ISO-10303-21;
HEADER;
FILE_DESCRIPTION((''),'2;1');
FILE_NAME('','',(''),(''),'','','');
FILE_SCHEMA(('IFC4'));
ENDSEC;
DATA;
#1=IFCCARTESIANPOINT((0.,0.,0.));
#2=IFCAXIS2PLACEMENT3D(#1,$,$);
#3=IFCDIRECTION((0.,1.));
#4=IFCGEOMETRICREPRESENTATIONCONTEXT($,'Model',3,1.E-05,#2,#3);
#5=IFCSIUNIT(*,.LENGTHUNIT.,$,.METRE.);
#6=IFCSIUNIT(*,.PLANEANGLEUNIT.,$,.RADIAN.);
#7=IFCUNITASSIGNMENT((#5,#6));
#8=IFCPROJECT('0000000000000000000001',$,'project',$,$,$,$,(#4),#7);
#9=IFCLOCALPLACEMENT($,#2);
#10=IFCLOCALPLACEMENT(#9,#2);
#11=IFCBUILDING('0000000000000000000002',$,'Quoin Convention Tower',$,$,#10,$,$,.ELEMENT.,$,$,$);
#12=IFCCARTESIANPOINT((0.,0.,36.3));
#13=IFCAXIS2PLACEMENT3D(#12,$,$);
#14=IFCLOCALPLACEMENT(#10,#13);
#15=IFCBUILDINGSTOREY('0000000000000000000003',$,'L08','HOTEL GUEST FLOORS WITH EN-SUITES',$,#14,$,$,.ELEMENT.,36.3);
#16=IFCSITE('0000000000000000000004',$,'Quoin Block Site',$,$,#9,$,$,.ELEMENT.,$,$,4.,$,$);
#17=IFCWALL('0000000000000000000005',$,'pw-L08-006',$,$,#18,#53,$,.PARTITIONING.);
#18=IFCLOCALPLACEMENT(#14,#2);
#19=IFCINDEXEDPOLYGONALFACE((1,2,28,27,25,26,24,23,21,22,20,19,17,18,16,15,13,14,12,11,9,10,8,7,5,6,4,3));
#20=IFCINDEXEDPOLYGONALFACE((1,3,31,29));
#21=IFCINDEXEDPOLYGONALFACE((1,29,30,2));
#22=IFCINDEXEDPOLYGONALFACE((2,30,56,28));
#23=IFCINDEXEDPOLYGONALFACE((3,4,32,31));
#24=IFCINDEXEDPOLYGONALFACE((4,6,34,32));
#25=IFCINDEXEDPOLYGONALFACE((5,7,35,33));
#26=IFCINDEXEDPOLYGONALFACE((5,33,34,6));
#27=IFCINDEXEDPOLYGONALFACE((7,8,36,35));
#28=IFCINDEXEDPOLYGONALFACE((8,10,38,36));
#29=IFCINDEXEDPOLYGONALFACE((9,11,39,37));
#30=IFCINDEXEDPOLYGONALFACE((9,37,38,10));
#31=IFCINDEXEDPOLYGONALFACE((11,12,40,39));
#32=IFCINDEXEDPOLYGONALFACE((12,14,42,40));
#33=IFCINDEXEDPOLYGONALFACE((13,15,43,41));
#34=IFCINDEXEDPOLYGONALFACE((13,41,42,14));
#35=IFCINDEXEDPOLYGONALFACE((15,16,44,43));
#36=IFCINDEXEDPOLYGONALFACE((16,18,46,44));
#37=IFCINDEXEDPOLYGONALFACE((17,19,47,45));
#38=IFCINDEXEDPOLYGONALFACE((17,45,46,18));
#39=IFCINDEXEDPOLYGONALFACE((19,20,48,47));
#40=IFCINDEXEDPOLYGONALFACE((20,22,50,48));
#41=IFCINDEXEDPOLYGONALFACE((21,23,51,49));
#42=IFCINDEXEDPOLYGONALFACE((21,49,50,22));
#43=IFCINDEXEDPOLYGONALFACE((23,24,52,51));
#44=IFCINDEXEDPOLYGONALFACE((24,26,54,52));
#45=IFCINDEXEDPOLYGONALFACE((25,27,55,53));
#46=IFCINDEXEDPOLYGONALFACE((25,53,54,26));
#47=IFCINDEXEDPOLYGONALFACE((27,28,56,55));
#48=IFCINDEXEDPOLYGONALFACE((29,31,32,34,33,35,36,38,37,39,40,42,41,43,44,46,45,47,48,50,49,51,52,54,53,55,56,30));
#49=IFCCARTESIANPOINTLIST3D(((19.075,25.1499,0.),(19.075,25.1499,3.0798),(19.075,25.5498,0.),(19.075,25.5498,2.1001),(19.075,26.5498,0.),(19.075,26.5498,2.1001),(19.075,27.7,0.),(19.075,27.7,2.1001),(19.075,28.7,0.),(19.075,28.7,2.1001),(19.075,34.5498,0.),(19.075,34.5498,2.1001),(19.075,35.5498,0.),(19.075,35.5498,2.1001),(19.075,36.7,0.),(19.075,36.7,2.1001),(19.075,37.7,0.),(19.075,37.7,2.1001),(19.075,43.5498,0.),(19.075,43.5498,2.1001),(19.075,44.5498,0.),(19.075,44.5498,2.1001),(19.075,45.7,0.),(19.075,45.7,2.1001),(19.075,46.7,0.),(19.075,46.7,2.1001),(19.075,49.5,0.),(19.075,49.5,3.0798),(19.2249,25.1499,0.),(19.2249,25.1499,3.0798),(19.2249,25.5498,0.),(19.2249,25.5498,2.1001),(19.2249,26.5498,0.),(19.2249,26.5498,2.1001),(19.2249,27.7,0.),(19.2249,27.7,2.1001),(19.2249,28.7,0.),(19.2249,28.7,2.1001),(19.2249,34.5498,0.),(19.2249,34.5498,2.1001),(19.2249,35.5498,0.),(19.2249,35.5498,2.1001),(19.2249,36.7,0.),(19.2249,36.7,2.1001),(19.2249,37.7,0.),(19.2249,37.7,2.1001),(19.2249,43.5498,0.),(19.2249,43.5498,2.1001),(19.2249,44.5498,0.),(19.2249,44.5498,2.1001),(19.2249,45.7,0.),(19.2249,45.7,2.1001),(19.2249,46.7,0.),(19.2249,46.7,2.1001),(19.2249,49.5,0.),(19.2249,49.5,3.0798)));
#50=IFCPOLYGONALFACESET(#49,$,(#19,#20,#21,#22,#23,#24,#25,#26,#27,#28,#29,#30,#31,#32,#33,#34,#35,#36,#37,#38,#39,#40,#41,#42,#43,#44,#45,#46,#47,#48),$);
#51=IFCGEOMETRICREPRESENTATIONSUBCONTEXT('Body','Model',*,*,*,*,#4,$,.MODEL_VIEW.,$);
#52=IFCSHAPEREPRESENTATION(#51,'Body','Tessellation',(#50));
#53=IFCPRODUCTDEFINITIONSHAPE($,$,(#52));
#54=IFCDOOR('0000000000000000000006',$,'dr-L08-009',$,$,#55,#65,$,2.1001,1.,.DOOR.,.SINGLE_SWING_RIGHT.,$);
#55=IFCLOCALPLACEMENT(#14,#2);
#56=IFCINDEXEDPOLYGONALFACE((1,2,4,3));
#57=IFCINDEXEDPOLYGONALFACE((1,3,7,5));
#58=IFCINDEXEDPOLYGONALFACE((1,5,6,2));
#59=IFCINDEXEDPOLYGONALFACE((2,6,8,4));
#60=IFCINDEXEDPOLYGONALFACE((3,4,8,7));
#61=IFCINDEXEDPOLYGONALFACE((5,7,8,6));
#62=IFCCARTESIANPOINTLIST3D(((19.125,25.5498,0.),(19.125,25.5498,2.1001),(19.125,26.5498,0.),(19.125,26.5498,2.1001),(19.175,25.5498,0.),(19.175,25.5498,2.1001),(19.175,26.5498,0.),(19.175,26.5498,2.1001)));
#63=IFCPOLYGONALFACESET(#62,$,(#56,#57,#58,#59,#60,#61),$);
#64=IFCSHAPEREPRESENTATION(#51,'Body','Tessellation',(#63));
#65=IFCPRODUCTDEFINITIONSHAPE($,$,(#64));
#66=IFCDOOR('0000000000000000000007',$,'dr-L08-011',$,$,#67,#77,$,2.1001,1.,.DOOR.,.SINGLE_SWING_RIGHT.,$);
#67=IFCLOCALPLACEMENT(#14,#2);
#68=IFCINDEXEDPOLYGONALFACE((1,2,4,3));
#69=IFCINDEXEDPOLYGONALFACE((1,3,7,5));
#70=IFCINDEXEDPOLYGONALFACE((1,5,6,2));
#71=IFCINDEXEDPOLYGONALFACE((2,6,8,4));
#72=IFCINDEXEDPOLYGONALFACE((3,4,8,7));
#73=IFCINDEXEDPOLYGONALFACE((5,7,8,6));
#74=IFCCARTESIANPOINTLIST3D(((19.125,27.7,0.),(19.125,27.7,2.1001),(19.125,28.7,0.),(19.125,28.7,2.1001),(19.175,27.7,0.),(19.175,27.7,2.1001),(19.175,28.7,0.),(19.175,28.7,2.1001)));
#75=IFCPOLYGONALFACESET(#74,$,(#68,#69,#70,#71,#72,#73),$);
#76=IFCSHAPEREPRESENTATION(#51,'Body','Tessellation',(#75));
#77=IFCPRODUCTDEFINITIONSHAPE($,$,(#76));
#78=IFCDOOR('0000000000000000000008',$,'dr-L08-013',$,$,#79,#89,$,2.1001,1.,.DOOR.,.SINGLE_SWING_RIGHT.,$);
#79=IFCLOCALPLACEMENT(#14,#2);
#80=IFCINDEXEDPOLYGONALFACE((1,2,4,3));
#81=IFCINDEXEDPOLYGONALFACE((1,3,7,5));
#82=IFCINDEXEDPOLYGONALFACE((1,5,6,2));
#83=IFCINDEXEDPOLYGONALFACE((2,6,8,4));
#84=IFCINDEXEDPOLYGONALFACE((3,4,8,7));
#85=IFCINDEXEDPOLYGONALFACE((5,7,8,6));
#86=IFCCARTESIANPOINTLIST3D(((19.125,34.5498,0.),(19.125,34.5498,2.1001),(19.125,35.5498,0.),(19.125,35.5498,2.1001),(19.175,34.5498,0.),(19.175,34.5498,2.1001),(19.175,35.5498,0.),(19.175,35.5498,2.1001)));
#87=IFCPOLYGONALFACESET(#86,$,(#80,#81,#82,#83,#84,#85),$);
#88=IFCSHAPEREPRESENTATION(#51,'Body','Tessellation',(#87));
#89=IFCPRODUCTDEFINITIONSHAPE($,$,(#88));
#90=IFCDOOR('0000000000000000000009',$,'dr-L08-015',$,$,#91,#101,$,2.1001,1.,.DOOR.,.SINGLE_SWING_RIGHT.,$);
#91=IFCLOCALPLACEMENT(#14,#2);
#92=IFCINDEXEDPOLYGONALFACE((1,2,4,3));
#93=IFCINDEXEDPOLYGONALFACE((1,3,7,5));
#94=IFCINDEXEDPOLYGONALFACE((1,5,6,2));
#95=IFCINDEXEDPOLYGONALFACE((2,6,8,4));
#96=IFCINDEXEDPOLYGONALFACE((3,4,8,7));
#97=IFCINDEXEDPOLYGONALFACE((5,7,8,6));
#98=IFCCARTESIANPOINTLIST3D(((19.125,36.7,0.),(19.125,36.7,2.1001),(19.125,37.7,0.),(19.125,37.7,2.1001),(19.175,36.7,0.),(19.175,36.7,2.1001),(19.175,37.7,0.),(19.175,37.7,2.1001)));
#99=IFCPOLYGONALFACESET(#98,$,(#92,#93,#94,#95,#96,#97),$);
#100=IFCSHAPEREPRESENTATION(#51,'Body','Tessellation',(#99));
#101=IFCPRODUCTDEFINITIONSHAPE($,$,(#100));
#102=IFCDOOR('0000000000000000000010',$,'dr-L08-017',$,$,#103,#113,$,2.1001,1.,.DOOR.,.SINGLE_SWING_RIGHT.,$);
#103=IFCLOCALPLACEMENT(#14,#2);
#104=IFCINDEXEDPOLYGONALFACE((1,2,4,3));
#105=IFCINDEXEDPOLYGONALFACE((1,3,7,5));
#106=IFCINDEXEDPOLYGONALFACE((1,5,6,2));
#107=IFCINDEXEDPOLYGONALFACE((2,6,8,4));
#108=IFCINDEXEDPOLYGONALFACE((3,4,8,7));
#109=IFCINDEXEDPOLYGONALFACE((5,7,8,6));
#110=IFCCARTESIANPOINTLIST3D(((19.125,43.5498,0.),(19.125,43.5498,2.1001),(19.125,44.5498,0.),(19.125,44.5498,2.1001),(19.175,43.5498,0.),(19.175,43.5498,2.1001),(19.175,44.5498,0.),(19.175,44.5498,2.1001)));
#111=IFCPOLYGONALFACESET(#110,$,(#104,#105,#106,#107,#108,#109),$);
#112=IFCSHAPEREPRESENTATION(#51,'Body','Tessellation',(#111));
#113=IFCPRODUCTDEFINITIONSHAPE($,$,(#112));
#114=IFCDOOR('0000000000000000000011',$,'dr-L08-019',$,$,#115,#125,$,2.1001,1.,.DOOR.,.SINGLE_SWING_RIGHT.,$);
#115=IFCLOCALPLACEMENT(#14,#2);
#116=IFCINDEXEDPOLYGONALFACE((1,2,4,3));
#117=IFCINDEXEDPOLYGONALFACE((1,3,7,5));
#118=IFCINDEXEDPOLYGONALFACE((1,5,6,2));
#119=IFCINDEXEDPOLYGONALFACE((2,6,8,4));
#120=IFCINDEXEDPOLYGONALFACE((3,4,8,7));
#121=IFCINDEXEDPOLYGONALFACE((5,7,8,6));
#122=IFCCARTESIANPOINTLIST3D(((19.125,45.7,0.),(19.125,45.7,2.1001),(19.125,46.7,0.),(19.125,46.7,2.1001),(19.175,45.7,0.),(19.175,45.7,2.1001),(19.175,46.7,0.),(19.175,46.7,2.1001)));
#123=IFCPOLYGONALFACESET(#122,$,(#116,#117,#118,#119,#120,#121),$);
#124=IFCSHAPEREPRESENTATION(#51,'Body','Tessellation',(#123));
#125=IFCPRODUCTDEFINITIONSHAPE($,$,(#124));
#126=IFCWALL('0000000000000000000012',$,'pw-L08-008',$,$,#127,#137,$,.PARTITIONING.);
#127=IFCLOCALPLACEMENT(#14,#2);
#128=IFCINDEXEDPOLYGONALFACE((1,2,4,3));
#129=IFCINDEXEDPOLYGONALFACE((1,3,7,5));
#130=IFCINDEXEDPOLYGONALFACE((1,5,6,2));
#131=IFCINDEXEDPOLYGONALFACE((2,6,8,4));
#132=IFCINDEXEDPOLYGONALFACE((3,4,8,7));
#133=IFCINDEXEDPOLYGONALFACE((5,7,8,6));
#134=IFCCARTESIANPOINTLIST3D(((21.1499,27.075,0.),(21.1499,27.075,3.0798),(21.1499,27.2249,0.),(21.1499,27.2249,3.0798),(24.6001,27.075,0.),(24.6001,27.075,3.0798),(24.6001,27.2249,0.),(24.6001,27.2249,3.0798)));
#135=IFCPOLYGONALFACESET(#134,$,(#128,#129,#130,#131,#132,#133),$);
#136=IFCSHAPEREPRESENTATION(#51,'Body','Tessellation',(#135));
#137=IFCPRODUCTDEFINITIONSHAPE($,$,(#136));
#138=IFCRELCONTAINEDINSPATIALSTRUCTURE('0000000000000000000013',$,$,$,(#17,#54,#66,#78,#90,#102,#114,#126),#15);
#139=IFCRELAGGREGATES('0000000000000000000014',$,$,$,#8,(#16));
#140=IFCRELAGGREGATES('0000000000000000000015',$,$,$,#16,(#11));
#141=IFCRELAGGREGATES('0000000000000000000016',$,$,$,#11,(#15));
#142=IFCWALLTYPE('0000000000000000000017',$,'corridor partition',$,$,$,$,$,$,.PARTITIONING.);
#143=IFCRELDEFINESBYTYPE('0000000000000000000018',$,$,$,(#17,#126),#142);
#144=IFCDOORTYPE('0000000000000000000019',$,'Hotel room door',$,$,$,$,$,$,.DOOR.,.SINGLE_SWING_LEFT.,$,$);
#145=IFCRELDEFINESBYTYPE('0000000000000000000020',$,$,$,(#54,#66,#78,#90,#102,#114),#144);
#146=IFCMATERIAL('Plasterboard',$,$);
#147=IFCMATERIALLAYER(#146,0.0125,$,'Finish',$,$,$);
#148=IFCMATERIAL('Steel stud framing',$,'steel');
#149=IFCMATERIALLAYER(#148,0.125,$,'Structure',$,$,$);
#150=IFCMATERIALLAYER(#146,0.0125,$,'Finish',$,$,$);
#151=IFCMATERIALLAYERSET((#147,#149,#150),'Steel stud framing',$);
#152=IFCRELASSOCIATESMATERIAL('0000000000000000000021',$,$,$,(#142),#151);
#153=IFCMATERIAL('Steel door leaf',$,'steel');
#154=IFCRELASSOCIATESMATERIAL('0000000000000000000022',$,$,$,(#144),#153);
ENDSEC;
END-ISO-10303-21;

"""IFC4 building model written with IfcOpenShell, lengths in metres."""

from ifc_helpers import new_model, si_unit, direction, frame, frame_2d, origin, place, context, subcontext, project, spatial, rectangle, extrude, material, layer, layer_set, type_object, element, fill, save


model = new_model("IFC4")

# Units and contexts
model_context = context("Model", 3, precision=1e-05, world=origin(), true_north=direction((0.0, 1.0)))
body_context = subcontext(model_context, "Body", "Model", "MODEL_VIEW")
ifc_project = project(units=[si_unit("LENGTHUNIT", "METRE"), si_unit("PLANEANGLEUNIT", "RADIAN")], contexts=[model_context])

# Site, building, storey
site_placement = place(None, origin())
site = spatial("IfcSite", under=ifc_project, at=site_placement, Name="Quoin Block Site", CompositionType="ELEMENT", RefElevation=4.0)
building_placement = place(site_placement, origin())
building = spatial("IfcBuilding", under=site, at=building_placement, Name="Quoin Convention Tower", CompositionType="ELEMENT")
storey_placement = place(building_placement, frame((0.0, 0.0, 36.3)))
storey = spatial("IfcBuildingStorey", under=building, at=storey_placement, Name="L08", Description="HOTEL GUEST FLOORS WITH EN-SUITES", CompositionType="ELEMENT", Elevation=36.3)

# Shared definitions
ifc_material_1 = material(Name="Steel door leaf", Category="steel")

# Wall, openings, doors
ifc_material_2 = material(Name="Plasterboard")
ifc_layer_1 = layer(ifc_material_2, 0.0125, Name="Finish")
ifc_material_3 = material(Name="Steel stud framing", Category="steel")
ifc_layer_2 = layer(ifc_material_3, 0.125, Name="Structure")
ifc_layer_3 = layer(ifc_material_2, 0.0125, Name="Finish")
ifc_layer_set_1 = layer_set([ifc_layer_1, ifc_layer_2, ifc_layer_3], Name="Steel stud framing")
wall_type_1 = type_object("IfcWallType", Name="corridor partition", PredefinedType="PARTITIONING", material=ifc_layer_set_1)
door_type_1 = type_object("IfcDoorType", Name="Hotel room door", OperationType="SINGLE_SWING_LEFT", PredefinedType="DOOR", material=ifc_material_1)
wall_1_placement = place(storey_placement, frame((19.1499, 25.1499, 0.0), z_axis=(0.0, 0.0, 1.0), x_axis=(0.0, 1.0, 0.0)))
wall_1 = element("IfcWall", 1, at=wall_1_placement, inside=storey, type_object=wall_type_1, Name="pw-L08-006", PredefinedType="PARTITIONING", context=body_context, shape_type="SweptSolid", body=[
    extrude(rectangle(XDim=24.3501, YDim=0.1499, at=frame_2d((12.175, 0.0))), origin(), (0.0, 0.0, 1.0), 3.0798),
])
opening_1_placement = place(wall_1_placement, frame((0.3999, 0.0, 0.0)))
opening_1 = element("IfcOpeningElement", 2, at=opening_1_placement, cuts=wall_1, PredefinedType="OPENING", context=body_context, shape_type="SweptSolid", body=[
    extrude(rectangle(XDim=1.0, YDim=2.1001, at=frame_2d((0.5, 1.05))), frame((0.0, 0.085, 0.0), z_axis=(0.0, -1.0, 0.0), x_axis=(1.0, 0.0, 0.0)), (0.0, 0.0, 1.0), 0.1699),
])
opening_2_placement = place(wall_1_placement, frame((2.55, 0.0, 0.0)))
opening_2 = element("IfcOpeningElement", 3, at=opening_2_placement, cuts=wall_1, PredefinedType="OPENING", context=body_context, shape_type="SweptSolid", body=[
    extrude(rectangle(XDim=1.0, YDim=2.1001, at=frame_2d((0.5, 1.05))), frame((0.0, 0.085, 0.0), z_axis=(0.0, -1.0, 0.0), x_axis=(1.0, 0.0, 0.0)), (0.0, 0.0, 1.0), 0.1699),
])
opening_3_placement = place(wall_1_placement, frame((9.3999, 0.0, 0.0)))
opening_3 = element("IfcOpeningElement", 4, at=opening_3_placement, cuts=wall_1, PredefinedType="OPENING", context=body_context, shape_type="SweptSolid", body=[
    extrude(rectangle(XDim=1.0, YDim=2.1001, at=frame_2d((0.5, 1.05))), frame((0.0, 0.085, 0.0), z_axis=(0.0, -1.0, 0.0), x_axis=(1.0, 0.0, 0.0)), (0.0, 0.0, 1.0), 0.1699),
])
opening_4_placement = place(wall_1_placement, frame((11.55, 0.0, 0.0)))
opening_4 = element("IfcOpeningElement", 5, at=opening_4_placement, cuts=wall_1, PredefinedType="OPENING", context=body_context, shape_type="SweptSolid", body=[
    extrude(rectangle(XDim=1.0, YDim=2.1001, at=frame_2d((0.5, 1.05))), frame((0.0, 0.085, 0.0), z_axis=(0.0, -1.0, 0.0), x_axis=(1.0, 0.0, 0.0)), (0.0, 0.0, 1.0), 0.1699),
])
opening_5_placement = place(wall_1_placement, frame((18.3999, 0.0, 0.0)))
opening_5 = element("IfcOpeningElement", 6, at=opening_5_placement, cuts=wall_1, PredefinedType="OPENING", context=body_context, shape_type="SweptSolid", body=[
    extrude(rectangle(XDim=1.0, YDim=2.1001, at=frame_2d((0.5, 1.05))), frame((0.0, 0.085, 0.0), z_axis=(0.0, -1.0, 0.0), x_axis=(1.0, 0.0, 0.0)), (0.0, 0.0, 1.0), 0.1699),
])
opening_6_placement = place(wall_1_placement, frame((20.55, 0.0, 0.0)))
opening_6 = element("IfcOpeningElement", 7, at=opening_6_placement, cuts=wall_1, PredefinedType="OPENING", context=body_context, shape_type="SweptSolid", body=[
    extrude(rectangle(XDim=1.0, YDim=2.1001, at=frame_2d((0.5, 1.05))), frame((0.0, 0.085, 0.0), z_axis=(0.0, -1.0, 0.0), x_axis=(1.0, 0.0, 0.0)), (0.0, 0.0, 1.0), 0.1699),
])
door_1_placement = place(opening_1_placement, origin())
door_1 = element("IfcDoor", 8, at=door_1_placement, inside=storey, type_object=door_type_1, Name="dr-L08-009", OperationType="SINGLE_SWING_RIGHT", OverallHeight=2.1001, OverallWidth=1.0, PredefinedType="DOOR", context=body_context, shape_type="SweptSolid", body=[
    extrude(rectangle(XDim=1.0, YDim=2.1001, at=frame_2d((0.5, 1.05))), frame((0.0, 0.0249, 0.0), z_axis=(0.0, -1.0, 0.0), x_axis=(1.0, 0.0, 0.0)), (0.0, 0.0, 1.0), 0.05),
])
fill(opening_1, door_1)
door_2_placement = place(opening_2_placement, origin())
door_2 = element("IfcDoor", 9, at=door_2_placement, inside=storey, type_object=door_type_1, Name="dr-L08-011", OperationType="SINGLE_SWING_RIGHT", OverallHeight=2.1001, OverallWidth=1.0, PredefinedType="DOOR", context=body_context, shape_type="SweptSolid", body=[
    extrude(rectangle(XDim=1.0, YDim=2.1001, at=frame_2d((0.5, 1.05))), frame((0.0, 0.0249, 0.0), z_axis=(0.0, -1.0, 0.0), x_axis=(1.0, 0.0, 0.0)), (0.0, 0.0, 1.0), 0.05),
])
fill(opening_2, door_2)
door_3_placement = place(opening_3_placement, origin())
door_3 = element("IfcDoor", 10, at=door_3_placement, inside=storey, type_object=door_type_1, Name="dr-L08-013", OperationType="SINGLE_SWING_RIGHT", OverallHeight=2.1001, OverallWidth=1.0, PredefinedType="DOOR", context=body_context, shape_type="SweptSolid", body=[
    extrude(rectangle(XDim=1.0, YDim=2.1001, at=frame_2d((0.5, 1.05))), frame((0.0, 0.0249, 0.0), z_axis=(0.0, -1.0, 0.0), x_axis=(1.0, 0.0, 0.0)), (0.0, 0.0, 1.0), 0.05),
])
fill(opening_3, door_3)
door_4_placement = place(opening_4_placement, origin())
door_4 = element("IfcDoor", 11, at=door_4_placement, inside=storey, type_object=door_type_1, Name="dr-L08-015", OperationType="SINGLE_SWING_RIGHT", OverallHeight=2.1001, OverallWidth=1.0, PredefinedType="DOOR", context=body_context, shape_type="SweptSolid", body=[
    extrude(rectangle(XDim=1.0, YDim=2.1001, at=frame_2d((0.5, 1.05))), frame((0.0, 0.0249, 0.0), z_axis=(0.0, -1.0, 0.0), x_axis=(1.0, 0.0, 0.0)), (0.0, 0.0, 1.0), 0.05),
])
fill(opening_4, door_4)
door_5_placement = place(opening_5_placement, origin())
door_5 = element("IfcDoor", 12, at=door_5_placement, inside=storey, type_object=door_type_1, Name="dr-L08-017", OperationType="SINGLE_SWING_RIGHT", OverallHeight=2.1001, OverallWidth=1.0, PredefinedType="DOOR", context=body_context, shape_type="SweptSolid", body=[
    extrude(rectangle(XDim=1.0, YDim=2.1001, at=frame_2d((0.5, 1.05))), frame((0.0, 0.0249, 0.0), z_axis=(0.0, -1.0, 0.0), x_axis=(1.0, 0.0, 0.0)), (0.0, 0.0, 1.0), 0.05),
])
fill(opening_5, door_5)
door_6_placement = place(opening_6_placement, origin())
door_6 = element("IfcDoor", 13, at=door_6_placement, inside=storey, type_object=door_type_1, Name="dr-L08-019", OperationType="SINGLE_SWING_RIGHT", OverallHeight=2.1001, OverallWidth=1.0, PredefinedType="DOOR", context=body_context, shape_type="SweptSolid", body=[
    extrude(rectangle(XDim=1.0, YDim=2.1001, at=frame_2d((0.5, 1.05))), frame((0.0, 0.0249, 0.0), z_axis=(0.0, -1.0, 0.0), x_axis=(1.0, 0.0, 0.0)), (0.0, 0.0, 1.0), 0.05),
])
fill(opening_6, door_6)

# Wall
wall_2_placement = place(storey_placement, frame((21.1499, 27.1499, 0.0), z_axis=(0.0, 0.0, 1.0), x_axis=(1.0, 0.0, 0.0)))
element("IfcWall", 14, at=wall_2_placement, inside=storey, type_object=wall_type_1, Name="pw-L08-008", PredefinedType="PARTITIONING", context=body_context, shape_type="SweptSolid", body=[
    extrude(rectangle(XDim=3.4502, YDim=0.1499, at=frame_2d((1.7251, 0.0))), origin(), (0.0, 0.0, 1.0), 3.0798),
])

save(model, "model.ifc")
